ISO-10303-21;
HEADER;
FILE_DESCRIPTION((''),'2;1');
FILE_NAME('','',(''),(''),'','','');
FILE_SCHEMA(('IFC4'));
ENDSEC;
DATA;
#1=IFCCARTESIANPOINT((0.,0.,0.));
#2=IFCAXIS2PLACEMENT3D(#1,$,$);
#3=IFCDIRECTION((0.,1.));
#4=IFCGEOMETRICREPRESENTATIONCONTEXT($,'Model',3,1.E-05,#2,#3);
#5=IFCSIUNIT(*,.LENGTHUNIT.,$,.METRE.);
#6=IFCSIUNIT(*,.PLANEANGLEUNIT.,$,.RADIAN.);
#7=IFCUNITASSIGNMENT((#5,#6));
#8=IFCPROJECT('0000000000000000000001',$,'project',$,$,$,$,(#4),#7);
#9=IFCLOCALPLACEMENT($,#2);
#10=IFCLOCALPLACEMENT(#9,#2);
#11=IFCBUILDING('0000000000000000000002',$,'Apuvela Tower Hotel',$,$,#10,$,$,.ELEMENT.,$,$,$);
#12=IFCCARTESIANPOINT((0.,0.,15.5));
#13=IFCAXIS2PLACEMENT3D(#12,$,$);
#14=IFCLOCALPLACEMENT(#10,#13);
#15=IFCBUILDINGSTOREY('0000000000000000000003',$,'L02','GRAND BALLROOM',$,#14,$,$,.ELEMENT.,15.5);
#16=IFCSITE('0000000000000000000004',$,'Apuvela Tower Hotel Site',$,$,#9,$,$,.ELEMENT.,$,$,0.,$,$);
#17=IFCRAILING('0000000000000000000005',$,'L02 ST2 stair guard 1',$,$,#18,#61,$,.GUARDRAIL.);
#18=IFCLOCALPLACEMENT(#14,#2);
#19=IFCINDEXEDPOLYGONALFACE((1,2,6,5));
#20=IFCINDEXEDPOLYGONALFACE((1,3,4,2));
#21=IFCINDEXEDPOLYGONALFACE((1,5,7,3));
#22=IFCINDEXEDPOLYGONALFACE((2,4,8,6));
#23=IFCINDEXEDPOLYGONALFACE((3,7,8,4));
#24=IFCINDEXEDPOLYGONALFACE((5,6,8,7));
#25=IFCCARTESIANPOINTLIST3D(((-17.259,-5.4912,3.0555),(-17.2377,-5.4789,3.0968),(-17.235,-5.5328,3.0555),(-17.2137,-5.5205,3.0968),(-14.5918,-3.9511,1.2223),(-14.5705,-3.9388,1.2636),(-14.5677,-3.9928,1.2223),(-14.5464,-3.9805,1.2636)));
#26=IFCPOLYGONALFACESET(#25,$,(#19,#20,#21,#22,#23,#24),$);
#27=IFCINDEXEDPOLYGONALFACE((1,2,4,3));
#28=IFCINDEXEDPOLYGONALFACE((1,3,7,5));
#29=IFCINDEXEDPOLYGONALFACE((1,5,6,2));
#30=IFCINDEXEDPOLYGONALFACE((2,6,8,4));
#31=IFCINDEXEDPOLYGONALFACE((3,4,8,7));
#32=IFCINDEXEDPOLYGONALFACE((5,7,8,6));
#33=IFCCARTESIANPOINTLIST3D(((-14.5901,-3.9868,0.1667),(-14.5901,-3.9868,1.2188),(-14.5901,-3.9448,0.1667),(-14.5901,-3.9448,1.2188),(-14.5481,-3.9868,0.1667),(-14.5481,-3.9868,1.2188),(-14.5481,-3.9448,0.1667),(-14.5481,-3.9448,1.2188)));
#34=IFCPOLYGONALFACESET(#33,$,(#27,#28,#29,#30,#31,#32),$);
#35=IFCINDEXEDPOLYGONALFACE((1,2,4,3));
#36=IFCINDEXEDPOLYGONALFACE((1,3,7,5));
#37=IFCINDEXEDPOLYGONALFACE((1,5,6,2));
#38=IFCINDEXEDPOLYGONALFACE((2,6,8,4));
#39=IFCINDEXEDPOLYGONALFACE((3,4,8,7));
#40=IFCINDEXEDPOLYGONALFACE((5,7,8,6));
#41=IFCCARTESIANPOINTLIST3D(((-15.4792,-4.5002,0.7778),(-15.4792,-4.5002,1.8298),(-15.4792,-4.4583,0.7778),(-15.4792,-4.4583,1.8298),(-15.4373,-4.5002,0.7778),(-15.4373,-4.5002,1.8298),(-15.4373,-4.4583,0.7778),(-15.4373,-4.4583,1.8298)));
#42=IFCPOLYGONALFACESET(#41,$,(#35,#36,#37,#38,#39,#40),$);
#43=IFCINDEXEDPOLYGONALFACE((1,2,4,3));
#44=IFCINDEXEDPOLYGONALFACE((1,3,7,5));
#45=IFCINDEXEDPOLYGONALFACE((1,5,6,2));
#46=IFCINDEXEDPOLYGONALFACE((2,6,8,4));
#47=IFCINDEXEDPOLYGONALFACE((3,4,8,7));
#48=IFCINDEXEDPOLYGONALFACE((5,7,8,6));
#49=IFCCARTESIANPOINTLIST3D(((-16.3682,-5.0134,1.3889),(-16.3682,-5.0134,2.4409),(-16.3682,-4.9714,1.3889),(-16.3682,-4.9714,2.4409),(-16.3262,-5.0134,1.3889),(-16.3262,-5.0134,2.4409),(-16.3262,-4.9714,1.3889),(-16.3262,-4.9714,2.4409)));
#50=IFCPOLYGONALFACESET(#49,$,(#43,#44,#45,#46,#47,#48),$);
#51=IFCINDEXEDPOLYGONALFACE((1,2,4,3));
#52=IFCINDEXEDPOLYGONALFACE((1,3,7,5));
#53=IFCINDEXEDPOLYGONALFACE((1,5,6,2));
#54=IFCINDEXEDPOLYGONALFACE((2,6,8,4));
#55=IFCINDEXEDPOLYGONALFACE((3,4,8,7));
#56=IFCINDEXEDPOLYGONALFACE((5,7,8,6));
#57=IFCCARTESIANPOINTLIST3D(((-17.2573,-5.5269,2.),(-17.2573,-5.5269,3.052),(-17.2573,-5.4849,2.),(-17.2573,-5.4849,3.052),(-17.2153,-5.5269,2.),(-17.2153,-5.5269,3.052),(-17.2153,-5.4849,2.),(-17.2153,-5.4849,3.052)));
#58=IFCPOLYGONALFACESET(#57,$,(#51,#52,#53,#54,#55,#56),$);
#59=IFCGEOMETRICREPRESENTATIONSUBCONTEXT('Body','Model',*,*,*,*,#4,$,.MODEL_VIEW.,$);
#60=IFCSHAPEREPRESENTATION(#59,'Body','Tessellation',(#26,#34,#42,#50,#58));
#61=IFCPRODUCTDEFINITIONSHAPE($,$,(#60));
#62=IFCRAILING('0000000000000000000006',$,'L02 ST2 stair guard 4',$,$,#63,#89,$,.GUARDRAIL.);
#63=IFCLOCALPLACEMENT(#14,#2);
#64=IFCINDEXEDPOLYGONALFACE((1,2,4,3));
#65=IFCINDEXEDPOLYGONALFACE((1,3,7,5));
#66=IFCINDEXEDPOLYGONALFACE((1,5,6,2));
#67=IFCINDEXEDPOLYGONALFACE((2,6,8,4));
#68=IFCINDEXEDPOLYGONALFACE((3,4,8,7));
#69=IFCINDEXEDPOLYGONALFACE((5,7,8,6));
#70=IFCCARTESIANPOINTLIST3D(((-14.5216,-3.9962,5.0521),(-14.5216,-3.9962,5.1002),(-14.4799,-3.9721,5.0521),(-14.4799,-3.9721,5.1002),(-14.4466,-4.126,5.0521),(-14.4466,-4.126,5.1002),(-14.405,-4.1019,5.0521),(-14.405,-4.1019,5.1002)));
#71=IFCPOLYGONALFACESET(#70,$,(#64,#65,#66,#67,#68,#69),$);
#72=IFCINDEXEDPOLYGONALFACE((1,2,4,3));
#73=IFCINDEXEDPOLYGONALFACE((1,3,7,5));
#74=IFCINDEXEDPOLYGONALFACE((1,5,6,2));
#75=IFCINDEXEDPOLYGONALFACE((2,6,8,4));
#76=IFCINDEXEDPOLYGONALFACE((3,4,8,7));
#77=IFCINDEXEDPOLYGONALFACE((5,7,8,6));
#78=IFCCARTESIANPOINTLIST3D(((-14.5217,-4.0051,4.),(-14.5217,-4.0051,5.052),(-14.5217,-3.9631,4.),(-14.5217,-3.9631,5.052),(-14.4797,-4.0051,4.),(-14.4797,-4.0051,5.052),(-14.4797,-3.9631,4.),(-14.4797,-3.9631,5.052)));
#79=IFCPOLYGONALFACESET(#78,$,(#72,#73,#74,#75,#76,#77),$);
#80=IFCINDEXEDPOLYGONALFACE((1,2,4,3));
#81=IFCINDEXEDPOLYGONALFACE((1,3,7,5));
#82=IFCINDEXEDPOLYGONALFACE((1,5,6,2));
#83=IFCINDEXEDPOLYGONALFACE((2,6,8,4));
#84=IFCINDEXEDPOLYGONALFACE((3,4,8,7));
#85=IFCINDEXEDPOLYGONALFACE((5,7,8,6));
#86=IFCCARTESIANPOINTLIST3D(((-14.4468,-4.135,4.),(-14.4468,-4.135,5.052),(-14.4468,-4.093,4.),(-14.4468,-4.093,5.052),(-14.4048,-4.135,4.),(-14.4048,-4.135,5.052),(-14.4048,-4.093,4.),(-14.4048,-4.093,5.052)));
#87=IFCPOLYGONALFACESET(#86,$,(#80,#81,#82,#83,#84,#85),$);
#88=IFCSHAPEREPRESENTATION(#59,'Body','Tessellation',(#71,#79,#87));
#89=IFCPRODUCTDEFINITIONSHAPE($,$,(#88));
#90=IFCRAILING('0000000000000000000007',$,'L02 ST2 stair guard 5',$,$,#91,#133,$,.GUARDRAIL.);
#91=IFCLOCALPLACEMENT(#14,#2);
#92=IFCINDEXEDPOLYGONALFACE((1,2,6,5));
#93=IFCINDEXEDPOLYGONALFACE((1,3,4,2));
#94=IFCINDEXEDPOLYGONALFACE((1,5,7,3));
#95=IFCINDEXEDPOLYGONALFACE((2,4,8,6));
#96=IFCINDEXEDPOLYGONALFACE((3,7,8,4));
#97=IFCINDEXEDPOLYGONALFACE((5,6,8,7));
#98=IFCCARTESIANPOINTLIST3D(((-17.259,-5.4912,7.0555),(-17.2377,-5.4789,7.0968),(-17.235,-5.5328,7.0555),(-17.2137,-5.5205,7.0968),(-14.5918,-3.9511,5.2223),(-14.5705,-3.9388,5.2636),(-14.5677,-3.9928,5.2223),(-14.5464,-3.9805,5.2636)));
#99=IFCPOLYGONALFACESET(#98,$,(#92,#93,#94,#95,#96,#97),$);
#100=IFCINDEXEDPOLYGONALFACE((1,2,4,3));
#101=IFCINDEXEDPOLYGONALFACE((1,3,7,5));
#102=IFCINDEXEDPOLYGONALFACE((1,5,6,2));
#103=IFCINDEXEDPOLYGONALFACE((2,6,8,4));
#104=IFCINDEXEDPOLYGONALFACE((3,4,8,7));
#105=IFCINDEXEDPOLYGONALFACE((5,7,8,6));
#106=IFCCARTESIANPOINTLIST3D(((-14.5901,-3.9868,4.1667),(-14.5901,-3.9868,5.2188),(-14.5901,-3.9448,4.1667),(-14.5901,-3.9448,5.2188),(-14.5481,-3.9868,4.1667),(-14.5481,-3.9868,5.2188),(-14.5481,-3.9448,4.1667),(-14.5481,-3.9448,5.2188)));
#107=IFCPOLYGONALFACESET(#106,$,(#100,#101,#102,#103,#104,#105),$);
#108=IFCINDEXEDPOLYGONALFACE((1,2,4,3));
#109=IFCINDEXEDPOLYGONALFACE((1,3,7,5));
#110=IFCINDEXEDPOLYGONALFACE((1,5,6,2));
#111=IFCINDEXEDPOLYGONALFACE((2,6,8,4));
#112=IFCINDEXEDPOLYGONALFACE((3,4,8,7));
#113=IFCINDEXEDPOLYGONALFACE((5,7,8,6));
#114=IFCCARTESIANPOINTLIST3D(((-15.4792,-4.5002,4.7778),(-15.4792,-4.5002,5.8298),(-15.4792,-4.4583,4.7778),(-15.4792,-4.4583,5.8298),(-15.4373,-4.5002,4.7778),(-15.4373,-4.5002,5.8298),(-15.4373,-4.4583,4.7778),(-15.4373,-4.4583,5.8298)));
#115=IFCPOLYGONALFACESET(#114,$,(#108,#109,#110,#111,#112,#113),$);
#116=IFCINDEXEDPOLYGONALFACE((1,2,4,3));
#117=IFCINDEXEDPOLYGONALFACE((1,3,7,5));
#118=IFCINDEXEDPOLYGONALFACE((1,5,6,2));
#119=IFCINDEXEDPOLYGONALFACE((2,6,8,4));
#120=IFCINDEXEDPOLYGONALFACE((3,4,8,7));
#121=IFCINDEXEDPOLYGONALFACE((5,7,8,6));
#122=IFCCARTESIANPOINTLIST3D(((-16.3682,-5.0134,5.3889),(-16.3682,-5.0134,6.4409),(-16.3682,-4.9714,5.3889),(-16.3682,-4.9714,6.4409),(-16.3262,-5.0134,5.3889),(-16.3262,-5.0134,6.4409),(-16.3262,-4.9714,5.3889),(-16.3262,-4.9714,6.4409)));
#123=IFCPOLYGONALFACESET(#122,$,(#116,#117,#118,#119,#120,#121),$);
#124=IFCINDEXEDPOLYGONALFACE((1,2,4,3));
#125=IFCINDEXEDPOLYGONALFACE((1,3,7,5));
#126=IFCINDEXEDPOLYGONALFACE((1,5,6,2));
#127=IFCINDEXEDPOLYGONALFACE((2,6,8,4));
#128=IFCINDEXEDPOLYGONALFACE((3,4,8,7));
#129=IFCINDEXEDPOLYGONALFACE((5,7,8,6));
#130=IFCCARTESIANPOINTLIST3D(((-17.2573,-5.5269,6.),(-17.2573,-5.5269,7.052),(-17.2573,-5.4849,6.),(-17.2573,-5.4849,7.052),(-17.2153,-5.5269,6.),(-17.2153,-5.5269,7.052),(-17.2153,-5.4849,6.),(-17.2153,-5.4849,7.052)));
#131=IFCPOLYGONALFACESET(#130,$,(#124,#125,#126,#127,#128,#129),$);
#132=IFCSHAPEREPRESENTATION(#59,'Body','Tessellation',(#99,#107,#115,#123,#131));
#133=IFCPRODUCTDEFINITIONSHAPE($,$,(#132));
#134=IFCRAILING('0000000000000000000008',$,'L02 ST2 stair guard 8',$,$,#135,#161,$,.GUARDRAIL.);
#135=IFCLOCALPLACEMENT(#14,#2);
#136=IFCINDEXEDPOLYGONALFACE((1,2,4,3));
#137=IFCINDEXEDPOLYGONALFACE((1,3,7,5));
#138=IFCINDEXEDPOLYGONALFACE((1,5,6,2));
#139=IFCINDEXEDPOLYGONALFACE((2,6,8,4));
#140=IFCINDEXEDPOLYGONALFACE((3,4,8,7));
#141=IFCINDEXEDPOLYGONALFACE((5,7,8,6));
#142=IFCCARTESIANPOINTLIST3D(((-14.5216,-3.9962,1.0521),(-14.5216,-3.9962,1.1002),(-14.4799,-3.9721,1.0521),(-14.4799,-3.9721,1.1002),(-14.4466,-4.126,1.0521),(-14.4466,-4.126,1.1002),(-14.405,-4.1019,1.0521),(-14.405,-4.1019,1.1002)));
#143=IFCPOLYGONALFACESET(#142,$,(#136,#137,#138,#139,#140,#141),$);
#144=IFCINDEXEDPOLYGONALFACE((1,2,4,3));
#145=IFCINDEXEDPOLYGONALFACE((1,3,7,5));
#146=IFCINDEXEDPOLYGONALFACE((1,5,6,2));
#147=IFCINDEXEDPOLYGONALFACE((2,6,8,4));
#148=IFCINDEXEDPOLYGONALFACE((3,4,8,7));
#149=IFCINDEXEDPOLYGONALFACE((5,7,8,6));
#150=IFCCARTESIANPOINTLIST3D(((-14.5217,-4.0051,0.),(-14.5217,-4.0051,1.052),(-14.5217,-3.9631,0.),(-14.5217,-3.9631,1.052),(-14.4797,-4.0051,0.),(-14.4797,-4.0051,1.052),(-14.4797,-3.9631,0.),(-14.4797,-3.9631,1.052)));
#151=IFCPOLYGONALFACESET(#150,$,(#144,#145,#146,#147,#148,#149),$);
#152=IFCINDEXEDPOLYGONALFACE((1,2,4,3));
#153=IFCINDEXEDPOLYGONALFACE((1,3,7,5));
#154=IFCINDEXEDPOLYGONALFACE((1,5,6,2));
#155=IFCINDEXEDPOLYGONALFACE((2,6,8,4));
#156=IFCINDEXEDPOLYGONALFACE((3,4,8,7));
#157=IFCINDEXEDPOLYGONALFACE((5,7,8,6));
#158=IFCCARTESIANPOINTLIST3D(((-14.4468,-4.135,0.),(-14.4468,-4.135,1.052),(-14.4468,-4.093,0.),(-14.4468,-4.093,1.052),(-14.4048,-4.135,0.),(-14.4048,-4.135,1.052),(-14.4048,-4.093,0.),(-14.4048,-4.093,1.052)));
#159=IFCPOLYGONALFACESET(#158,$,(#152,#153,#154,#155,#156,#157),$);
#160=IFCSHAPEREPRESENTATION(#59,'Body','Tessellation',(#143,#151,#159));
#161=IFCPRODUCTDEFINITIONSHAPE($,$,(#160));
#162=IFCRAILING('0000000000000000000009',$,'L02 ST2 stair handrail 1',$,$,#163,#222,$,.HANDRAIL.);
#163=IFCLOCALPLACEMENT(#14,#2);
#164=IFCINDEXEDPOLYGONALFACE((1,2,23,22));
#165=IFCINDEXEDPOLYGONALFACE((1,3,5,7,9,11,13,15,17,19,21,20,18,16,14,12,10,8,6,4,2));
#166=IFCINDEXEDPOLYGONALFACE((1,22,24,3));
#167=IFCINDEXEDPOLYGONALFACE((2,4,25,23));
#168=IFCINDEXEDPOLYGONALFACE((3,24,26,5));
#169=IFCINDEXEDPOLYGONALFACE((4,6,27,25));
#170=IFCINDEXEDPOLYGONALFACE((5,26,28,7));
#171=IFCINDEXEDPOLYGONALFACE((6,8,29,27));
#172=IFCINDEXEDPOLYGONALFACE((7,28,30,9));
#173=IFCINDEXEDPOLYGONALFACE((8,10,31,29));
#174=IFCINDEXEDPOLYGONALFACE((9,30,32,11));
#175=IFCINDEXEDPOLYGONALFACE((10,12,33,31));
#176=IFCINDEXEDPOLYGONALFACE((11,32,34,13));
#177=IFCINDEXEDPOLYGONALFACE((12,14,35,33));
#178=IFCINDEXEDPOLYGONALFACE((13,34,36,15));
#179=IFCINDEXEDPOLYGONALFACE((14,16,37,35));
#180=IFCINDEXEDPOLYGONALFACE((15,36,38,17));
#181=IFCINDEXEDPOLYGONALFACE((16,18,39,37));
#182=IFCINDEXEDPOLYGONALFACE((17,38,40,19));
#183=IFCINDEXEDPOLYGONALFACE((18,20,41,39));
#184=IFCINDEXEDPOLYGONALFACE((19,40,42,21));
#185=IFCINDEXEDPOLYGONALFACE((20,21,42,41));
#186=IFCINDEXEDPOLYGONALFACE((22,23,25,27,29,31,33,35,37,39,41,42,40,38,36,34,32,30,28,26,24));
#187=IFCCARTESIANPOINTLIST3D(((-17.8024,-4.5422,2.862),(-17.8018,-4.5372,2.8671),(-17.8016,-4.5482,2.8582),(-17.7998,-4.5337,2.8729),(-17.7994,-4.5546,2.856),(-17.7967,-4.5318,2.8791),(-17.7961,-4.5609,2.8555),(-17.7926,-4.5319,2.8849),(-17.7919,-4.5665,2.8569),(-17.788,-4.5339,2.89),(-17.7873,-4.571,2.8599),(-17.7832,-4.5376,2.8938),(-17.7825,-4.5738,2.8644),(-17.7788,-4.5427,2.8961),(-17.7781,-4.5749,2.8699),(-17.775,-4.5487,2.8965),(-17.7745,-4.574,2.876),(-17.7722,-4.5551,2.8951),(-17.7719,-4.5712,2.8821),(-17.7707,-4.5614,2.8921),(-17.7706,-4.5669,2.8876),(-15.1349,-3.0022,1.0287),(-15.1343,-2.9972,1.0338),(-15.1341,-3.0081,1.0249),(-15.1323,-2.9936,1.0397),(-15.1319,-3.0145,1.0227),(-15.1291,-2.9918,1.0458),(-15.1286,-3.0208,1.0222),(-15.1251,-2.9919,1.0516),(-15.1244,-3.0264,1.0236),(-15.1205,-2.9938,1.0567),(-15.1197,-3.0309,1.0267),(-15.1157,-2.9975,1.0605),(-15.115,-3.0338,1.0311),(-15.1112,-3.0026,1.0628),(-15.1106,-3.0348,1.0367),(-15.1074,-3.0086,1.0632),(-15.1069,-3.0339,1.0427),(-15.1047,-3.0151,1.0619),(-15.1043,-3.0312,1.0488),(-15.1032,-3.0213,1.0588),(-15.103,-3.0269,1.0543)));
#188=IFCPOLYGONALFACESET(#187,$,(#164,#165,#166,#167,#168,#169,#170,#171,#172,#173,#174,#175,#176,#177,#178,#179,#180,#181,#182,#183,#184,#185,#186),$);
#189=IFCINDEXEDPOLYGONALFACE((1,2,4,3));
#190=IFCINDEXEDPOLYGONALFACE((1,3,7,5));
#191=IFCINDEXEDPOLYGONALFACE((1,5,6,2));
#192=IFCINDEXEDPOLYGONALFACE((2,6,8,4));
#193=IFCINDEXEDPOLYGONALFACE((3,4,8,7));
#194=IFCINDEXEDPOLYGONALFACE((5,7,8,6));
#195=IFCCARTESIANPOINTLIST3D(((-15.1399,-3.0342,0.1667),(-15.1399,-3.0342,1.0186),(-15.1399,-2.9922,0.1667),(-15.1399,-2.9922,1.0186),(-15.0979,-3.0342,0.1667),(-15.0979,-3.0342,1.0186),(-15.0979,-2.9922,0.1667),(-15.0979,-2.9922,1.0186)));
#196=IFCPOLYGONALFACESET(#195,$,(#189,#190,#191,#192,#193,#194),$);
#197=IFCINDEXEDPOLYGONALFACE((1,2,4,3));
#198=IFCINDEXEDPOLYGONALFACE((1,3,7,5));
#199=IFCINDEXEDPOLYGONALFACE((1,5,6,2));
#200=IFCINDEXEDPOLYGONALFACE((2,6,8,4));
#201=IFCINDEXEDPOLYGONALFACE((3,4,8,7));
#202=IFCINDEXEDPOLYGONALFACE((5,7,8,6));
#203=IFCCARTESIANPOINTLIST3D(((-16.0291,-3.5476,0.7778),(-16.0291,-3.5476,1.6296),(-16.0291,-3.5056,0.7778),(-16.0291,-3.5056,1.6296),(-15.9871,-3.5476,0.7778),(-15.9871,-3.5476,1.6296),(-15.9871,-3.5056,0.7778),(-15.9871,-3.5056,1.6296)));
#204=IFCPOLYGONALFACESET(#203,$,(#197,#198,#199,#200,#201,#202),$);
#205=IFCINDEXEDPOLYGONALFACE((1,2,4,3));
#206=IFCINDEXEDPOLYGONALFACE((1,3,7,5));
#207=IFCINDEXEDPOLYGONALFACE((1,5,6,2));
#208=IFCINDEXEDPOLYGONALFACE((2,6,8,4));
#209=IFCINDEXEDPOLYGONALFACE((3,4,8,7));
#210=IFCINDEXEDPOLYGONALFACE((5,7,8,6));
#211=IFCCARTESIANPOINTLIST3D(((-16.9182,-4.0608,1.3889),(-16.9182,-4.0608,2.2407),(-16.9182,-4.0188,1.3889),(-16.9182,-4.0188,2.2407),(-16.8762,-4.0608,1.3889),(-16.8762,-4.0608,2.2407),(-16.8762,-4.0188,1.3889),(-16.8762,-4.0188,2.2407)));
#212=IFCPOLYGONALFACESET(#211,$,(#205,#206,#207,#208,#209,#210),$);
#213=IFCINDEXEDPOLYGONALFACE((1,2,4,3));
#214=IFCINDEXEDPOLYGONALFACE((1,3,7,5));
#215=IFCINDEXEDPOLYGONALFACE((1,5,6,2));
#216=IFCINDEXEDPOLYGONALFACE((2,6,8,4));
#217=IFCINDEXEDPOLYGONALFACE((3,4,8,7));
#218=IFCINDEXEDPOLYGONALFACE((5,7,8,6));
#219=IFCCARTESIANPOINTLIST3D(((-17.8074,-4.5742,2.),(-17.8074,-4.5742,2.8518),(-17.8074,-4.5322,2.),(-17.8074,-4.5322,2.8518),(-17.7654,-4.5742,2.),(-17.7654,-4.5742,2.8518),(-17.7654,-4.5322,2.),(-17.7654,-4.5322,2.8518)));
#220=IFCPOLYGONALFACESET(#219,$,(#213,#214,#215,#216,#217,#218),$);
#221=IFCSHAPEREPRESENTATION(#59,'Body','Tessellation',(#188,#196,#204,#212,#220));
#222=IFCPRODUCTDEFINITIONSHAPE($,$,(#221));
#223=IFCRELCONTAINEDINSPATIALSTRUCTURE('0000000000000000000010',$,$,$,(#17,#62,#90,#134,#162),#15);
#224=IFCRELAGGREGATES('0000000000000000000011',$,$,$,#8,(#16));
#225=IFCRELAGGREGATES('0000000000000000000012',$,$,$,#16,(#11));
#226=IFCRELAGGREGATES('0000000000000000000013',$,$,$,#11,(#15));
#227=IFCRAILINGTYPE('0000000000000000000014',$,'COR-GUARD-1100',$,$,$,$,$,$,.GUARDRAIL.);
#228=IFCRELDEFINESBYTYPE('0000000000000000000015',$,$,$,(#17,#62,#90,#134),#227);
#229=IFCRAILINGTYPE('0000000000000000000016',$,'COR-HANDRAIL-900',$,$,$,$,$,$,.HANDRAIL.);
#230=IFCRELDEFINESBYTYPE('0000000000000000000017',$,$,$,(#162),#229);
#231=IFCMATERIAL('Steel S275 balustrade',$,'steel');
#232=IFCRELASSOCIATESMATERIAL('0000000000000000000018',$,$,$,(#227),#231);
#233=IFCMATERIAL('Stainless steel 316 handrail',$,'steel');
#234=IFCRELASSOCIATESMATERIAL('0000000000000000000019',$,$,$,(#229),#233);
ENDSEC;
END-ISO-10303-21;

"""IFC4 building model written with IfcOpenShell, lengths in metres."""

from ifc_helpers import new_model, si_unit, direction, frame, origin, origin_2d, place, context, subcontext, project, spatial, rectangle, circle, extrude, material, type_object, element, save


model = new_model("IFC4")

# Units and contexts
model_context = context("Model", 3, precision=1e-05, world=origin(), true_north=direction((0.0, 1.0)))
body_context = subcontext(model_context, "Body", "Model", "MODEL_VIEW")
ifc_project = project(units=[si_unit("LENGTHUNIT", "METRE"), si_unit("PLANEANGLEUNIT", "RADIAN")], contexts=[model_context])

# Site, building, storey
site_placement = place(None, origin())
site = spatial("IfcSite", under=ifc_project, at=site_placement, Name="Apuvela Tower Hotel Site", CompositionType="ELEMENT", RefElevation=0.0)
building_placement = place(site_placement, origin())
building = spatial("IfcBuilding", under=site, at=building_placement, Name="Apuvela Tower Hotel", CompositionType="ELEMENT")
storey_placement = place(building_placement, frame((0.0, 0.0, 15.5)))
storey = spatial("IfcBuildingStorey", under=building, at=storey_placement, Name="L02", Description="GRAND BALLROOM", CompositionType="ELEMENT", Elevation=15.5)

# Railings
ifc_material_1 = material(Name="Steel S275 balustrade", Category="steel")
railing_type_1 = type_object("IfcRailingType", Name="COR-GUARD-1100", PredefinedType="GUARDRAIL", material=ifc_material_1)
railing_1_placement = place(storey_placement, frame((-14.5691, -3.9658, 0.1667)))
element("IfcRailing", 1, at=railing_1_placement, inside=storey, type_object=railing_type_1, Name="L02 ST2 stair guard 1", PredefinedType="GUARDRAIL", context=body_context, shape_type="SweptSolid", body=[
    extrude(rectangle(XDim=0.0481, YDim=0.0481, at=origin_2d()), frame((0.0, 0.0, 1.0762), z_axis=(-0.744159, -0.429671, 0.511478), x_axis=(0.500027, -0.86601, 0.0)), (0.0, 0.0, 1.0), 3.5842),
    extrude(rectangle(XDim=0.042, YDim=0.042, at=origin_2d()), origin(), (0.0, 0.0, 1.0), 1.052),
    extrude(rectangle(XDim=0.042, YDim=0.042, at=origin_2d()), frame((-0.8892, -0.5134, 0.6111)), (0.0, 0.0, 1.0), 1.052),
    extrude(rectangle(XDim=0.042, YDim=0.042, at=origin_2d()), frame((-1.7781, -1.0266, 1.2222)), (0.0, 0.0, 1.0), 1.052),
    extrude(rectangle(XDim=0.042, YDim=0.042, at=origin_2d()), frame((-2.6672, -1.54, 1.8333)), (0.0, 0.0, 1.0), 1.052),
])
railing_2_placement = place(storey_placement, frame((-14.5007, -3.9841, 4.0)))
element("IfcRailing", 2, at=railing_2_placement, inside=storey, type_object=railing_type_1, Name="L02 ST2 stair guard 4", PredefinedType="GUARDRAIL", context=body_context, shape_type="SweptSolid", body=[
    extrude(rectangle(XDim=0.0481, YDim=0.0481, at=origin_2d()), frame((0.0, 0.0, 1.0762), z_axis=(0.499816, -0.866131, 0.0), x_axis=(0.866131, 0.499816, 0.0)), (0.0, 0.0, 1.0), 0.1499),
    extrude(rectangle(XDim=0.042, YDim=0.042, at=origin_2d()), origin(), (0.0, 0.0, 1.0), 1.052),
    extrude(rectangle(XDim=0.042, YDim=0.042, at=origin_2d()), frame((0.075, -0.1299, 0.0)), (0.0, 0.0, 1.0), 1.052),
])
railing_3_placement = place(storey_placement, frame((-14.5691, -3.9658, 4.1667)))
element("IfcRailing", 3, at=railing_3_placement, inside=storey, type_object=railing_type_1, Name="L02 ST2 stair guard 5", PredefinedType="GUARDRAIL", context=body_context, shape_type="SweptSolid", body=[
    extrude(rectangle(XDim=0.0481, YDim=0.0481, at=origin_2d()), frame((0.0, 0.0, 1.0762), z_axis=(-0.744159, -0.429671, 0.511478), x_axis=(0.500027, -0.86601, 0.0)), (0.0, 0.0, 1.0), 3.5842),
    extrude(rectangle(XDim=0.042, YDim=0.042, at=origin_2d()), origin(), (0.0, 0.0, 1.0), 1.052),
    extrude(rectangle(XDim=0.042, YDim=0.042, at=origin_2d()), frame((-0.8892, -0.5134, 0.6111)), (0.0, 0.0, 1.0), 1.052),
    extrude(rectangle(XDim=0.042, YDim=0.042, at=origin_2d()), frame((-1.7781, -1.0266, 1.2222)), (0.0, 0.0, 1.0), 1.052),
    extrude(rectangle(XDim=0.042, YDim=0.042, at=origin_2d()), frame((-2.6672, -1.54, 1.8333)), (0.0, 0.0, 1.0), 1.052),
])
railing_4_placement = place(storey_placement, frame((-14.5007, -3.9841, 0.0)))
element("IfcRailing", 4, at=railing_4_placement, inside=storey, type_object=railing_type_1, Name="L02 ST2 stair guard 8", PredefinedType="GUARDRAIL", context=body_context, shape_type="SweptSolid", body=[
    extrude(rectangle(XDim=0.0481, YDim=0.0481, at=origin_2d()), frame((0.0, 0.0, 1.0762), z_axis=(0.499816, -0.866131, 0.0), x_axis=(0.866131, 0.499816, 0.0)), (0.0, 0.0, 1.0), 0.1499),
    extrude(rectangle(XDim=0.042, YDim=0.042, at=origin_2d()), origin(), (0.0, 0.0, 1.0), 1.052),
    extrude(rectangle(XDim=0.042, YDim=0.042, at=origin_2d()), frame((0.075, -0.1299, 0.0)), (0.0, 0.0, 1.0), 1.052),
])
ifc_material_2 = material(Name="Stainless steel 316 handrail", Category="steel")
railing_type_2 = type_object("IfcRailingType", Name="COR-HANDRAIL-900", PredefinedType="HANDRAIL", material=ifc_material_2)
for number, where, name in (
    (5, (-15.1189, -3.0132, 0.1667), "L02 ST2 stair handrail 1"),
):
    element("IfcRailing", number, at=place(storey_placement, frame(where)), inside=storey, type_object=railing_type_2, Name=name, PredefinedType="HANDRAIL", context=body_context, shape_type="SweptSolid", body=[
        extrude(circle(Radius=0.0239, at=origin_2d()), frame((0.0, 0.0, 0.876), z_axis=(-0.74419, -0.429649, 0.511452), x_axis=(0.499992, -0.86603, 0.0)), (0.0, 0.0, 1.0), 3.5845),
        extrude(rectangle(XDim=0.042, YDim=0.042, at=origin_2d()), origin(), (0.0, 0.0, 1.0), 0.8518),
        extrude(rectangle(XDim=0.042, YDim=0.042, at=origin_2d()), frame((-0.8892, -0.5134, 0.6111)), (0.0, 0.0, 1.0), 0.8518),
        extrude(rectangle(XDim=0.042, YDim=0.042, at=origin_2d()), frame((-1.7783, -1.0266, 1.2222)), (0.0, 0.0, 1.0), 0.8518),
        extrude(rectangle(XDim=0.042, YDim=0.042, at=origin_2d()), frame((-2.6675, -1.54, 1.8333)), (0.0, 0.0, 1.0), 0.8518),
    ])

save(model, "model.ifc")
